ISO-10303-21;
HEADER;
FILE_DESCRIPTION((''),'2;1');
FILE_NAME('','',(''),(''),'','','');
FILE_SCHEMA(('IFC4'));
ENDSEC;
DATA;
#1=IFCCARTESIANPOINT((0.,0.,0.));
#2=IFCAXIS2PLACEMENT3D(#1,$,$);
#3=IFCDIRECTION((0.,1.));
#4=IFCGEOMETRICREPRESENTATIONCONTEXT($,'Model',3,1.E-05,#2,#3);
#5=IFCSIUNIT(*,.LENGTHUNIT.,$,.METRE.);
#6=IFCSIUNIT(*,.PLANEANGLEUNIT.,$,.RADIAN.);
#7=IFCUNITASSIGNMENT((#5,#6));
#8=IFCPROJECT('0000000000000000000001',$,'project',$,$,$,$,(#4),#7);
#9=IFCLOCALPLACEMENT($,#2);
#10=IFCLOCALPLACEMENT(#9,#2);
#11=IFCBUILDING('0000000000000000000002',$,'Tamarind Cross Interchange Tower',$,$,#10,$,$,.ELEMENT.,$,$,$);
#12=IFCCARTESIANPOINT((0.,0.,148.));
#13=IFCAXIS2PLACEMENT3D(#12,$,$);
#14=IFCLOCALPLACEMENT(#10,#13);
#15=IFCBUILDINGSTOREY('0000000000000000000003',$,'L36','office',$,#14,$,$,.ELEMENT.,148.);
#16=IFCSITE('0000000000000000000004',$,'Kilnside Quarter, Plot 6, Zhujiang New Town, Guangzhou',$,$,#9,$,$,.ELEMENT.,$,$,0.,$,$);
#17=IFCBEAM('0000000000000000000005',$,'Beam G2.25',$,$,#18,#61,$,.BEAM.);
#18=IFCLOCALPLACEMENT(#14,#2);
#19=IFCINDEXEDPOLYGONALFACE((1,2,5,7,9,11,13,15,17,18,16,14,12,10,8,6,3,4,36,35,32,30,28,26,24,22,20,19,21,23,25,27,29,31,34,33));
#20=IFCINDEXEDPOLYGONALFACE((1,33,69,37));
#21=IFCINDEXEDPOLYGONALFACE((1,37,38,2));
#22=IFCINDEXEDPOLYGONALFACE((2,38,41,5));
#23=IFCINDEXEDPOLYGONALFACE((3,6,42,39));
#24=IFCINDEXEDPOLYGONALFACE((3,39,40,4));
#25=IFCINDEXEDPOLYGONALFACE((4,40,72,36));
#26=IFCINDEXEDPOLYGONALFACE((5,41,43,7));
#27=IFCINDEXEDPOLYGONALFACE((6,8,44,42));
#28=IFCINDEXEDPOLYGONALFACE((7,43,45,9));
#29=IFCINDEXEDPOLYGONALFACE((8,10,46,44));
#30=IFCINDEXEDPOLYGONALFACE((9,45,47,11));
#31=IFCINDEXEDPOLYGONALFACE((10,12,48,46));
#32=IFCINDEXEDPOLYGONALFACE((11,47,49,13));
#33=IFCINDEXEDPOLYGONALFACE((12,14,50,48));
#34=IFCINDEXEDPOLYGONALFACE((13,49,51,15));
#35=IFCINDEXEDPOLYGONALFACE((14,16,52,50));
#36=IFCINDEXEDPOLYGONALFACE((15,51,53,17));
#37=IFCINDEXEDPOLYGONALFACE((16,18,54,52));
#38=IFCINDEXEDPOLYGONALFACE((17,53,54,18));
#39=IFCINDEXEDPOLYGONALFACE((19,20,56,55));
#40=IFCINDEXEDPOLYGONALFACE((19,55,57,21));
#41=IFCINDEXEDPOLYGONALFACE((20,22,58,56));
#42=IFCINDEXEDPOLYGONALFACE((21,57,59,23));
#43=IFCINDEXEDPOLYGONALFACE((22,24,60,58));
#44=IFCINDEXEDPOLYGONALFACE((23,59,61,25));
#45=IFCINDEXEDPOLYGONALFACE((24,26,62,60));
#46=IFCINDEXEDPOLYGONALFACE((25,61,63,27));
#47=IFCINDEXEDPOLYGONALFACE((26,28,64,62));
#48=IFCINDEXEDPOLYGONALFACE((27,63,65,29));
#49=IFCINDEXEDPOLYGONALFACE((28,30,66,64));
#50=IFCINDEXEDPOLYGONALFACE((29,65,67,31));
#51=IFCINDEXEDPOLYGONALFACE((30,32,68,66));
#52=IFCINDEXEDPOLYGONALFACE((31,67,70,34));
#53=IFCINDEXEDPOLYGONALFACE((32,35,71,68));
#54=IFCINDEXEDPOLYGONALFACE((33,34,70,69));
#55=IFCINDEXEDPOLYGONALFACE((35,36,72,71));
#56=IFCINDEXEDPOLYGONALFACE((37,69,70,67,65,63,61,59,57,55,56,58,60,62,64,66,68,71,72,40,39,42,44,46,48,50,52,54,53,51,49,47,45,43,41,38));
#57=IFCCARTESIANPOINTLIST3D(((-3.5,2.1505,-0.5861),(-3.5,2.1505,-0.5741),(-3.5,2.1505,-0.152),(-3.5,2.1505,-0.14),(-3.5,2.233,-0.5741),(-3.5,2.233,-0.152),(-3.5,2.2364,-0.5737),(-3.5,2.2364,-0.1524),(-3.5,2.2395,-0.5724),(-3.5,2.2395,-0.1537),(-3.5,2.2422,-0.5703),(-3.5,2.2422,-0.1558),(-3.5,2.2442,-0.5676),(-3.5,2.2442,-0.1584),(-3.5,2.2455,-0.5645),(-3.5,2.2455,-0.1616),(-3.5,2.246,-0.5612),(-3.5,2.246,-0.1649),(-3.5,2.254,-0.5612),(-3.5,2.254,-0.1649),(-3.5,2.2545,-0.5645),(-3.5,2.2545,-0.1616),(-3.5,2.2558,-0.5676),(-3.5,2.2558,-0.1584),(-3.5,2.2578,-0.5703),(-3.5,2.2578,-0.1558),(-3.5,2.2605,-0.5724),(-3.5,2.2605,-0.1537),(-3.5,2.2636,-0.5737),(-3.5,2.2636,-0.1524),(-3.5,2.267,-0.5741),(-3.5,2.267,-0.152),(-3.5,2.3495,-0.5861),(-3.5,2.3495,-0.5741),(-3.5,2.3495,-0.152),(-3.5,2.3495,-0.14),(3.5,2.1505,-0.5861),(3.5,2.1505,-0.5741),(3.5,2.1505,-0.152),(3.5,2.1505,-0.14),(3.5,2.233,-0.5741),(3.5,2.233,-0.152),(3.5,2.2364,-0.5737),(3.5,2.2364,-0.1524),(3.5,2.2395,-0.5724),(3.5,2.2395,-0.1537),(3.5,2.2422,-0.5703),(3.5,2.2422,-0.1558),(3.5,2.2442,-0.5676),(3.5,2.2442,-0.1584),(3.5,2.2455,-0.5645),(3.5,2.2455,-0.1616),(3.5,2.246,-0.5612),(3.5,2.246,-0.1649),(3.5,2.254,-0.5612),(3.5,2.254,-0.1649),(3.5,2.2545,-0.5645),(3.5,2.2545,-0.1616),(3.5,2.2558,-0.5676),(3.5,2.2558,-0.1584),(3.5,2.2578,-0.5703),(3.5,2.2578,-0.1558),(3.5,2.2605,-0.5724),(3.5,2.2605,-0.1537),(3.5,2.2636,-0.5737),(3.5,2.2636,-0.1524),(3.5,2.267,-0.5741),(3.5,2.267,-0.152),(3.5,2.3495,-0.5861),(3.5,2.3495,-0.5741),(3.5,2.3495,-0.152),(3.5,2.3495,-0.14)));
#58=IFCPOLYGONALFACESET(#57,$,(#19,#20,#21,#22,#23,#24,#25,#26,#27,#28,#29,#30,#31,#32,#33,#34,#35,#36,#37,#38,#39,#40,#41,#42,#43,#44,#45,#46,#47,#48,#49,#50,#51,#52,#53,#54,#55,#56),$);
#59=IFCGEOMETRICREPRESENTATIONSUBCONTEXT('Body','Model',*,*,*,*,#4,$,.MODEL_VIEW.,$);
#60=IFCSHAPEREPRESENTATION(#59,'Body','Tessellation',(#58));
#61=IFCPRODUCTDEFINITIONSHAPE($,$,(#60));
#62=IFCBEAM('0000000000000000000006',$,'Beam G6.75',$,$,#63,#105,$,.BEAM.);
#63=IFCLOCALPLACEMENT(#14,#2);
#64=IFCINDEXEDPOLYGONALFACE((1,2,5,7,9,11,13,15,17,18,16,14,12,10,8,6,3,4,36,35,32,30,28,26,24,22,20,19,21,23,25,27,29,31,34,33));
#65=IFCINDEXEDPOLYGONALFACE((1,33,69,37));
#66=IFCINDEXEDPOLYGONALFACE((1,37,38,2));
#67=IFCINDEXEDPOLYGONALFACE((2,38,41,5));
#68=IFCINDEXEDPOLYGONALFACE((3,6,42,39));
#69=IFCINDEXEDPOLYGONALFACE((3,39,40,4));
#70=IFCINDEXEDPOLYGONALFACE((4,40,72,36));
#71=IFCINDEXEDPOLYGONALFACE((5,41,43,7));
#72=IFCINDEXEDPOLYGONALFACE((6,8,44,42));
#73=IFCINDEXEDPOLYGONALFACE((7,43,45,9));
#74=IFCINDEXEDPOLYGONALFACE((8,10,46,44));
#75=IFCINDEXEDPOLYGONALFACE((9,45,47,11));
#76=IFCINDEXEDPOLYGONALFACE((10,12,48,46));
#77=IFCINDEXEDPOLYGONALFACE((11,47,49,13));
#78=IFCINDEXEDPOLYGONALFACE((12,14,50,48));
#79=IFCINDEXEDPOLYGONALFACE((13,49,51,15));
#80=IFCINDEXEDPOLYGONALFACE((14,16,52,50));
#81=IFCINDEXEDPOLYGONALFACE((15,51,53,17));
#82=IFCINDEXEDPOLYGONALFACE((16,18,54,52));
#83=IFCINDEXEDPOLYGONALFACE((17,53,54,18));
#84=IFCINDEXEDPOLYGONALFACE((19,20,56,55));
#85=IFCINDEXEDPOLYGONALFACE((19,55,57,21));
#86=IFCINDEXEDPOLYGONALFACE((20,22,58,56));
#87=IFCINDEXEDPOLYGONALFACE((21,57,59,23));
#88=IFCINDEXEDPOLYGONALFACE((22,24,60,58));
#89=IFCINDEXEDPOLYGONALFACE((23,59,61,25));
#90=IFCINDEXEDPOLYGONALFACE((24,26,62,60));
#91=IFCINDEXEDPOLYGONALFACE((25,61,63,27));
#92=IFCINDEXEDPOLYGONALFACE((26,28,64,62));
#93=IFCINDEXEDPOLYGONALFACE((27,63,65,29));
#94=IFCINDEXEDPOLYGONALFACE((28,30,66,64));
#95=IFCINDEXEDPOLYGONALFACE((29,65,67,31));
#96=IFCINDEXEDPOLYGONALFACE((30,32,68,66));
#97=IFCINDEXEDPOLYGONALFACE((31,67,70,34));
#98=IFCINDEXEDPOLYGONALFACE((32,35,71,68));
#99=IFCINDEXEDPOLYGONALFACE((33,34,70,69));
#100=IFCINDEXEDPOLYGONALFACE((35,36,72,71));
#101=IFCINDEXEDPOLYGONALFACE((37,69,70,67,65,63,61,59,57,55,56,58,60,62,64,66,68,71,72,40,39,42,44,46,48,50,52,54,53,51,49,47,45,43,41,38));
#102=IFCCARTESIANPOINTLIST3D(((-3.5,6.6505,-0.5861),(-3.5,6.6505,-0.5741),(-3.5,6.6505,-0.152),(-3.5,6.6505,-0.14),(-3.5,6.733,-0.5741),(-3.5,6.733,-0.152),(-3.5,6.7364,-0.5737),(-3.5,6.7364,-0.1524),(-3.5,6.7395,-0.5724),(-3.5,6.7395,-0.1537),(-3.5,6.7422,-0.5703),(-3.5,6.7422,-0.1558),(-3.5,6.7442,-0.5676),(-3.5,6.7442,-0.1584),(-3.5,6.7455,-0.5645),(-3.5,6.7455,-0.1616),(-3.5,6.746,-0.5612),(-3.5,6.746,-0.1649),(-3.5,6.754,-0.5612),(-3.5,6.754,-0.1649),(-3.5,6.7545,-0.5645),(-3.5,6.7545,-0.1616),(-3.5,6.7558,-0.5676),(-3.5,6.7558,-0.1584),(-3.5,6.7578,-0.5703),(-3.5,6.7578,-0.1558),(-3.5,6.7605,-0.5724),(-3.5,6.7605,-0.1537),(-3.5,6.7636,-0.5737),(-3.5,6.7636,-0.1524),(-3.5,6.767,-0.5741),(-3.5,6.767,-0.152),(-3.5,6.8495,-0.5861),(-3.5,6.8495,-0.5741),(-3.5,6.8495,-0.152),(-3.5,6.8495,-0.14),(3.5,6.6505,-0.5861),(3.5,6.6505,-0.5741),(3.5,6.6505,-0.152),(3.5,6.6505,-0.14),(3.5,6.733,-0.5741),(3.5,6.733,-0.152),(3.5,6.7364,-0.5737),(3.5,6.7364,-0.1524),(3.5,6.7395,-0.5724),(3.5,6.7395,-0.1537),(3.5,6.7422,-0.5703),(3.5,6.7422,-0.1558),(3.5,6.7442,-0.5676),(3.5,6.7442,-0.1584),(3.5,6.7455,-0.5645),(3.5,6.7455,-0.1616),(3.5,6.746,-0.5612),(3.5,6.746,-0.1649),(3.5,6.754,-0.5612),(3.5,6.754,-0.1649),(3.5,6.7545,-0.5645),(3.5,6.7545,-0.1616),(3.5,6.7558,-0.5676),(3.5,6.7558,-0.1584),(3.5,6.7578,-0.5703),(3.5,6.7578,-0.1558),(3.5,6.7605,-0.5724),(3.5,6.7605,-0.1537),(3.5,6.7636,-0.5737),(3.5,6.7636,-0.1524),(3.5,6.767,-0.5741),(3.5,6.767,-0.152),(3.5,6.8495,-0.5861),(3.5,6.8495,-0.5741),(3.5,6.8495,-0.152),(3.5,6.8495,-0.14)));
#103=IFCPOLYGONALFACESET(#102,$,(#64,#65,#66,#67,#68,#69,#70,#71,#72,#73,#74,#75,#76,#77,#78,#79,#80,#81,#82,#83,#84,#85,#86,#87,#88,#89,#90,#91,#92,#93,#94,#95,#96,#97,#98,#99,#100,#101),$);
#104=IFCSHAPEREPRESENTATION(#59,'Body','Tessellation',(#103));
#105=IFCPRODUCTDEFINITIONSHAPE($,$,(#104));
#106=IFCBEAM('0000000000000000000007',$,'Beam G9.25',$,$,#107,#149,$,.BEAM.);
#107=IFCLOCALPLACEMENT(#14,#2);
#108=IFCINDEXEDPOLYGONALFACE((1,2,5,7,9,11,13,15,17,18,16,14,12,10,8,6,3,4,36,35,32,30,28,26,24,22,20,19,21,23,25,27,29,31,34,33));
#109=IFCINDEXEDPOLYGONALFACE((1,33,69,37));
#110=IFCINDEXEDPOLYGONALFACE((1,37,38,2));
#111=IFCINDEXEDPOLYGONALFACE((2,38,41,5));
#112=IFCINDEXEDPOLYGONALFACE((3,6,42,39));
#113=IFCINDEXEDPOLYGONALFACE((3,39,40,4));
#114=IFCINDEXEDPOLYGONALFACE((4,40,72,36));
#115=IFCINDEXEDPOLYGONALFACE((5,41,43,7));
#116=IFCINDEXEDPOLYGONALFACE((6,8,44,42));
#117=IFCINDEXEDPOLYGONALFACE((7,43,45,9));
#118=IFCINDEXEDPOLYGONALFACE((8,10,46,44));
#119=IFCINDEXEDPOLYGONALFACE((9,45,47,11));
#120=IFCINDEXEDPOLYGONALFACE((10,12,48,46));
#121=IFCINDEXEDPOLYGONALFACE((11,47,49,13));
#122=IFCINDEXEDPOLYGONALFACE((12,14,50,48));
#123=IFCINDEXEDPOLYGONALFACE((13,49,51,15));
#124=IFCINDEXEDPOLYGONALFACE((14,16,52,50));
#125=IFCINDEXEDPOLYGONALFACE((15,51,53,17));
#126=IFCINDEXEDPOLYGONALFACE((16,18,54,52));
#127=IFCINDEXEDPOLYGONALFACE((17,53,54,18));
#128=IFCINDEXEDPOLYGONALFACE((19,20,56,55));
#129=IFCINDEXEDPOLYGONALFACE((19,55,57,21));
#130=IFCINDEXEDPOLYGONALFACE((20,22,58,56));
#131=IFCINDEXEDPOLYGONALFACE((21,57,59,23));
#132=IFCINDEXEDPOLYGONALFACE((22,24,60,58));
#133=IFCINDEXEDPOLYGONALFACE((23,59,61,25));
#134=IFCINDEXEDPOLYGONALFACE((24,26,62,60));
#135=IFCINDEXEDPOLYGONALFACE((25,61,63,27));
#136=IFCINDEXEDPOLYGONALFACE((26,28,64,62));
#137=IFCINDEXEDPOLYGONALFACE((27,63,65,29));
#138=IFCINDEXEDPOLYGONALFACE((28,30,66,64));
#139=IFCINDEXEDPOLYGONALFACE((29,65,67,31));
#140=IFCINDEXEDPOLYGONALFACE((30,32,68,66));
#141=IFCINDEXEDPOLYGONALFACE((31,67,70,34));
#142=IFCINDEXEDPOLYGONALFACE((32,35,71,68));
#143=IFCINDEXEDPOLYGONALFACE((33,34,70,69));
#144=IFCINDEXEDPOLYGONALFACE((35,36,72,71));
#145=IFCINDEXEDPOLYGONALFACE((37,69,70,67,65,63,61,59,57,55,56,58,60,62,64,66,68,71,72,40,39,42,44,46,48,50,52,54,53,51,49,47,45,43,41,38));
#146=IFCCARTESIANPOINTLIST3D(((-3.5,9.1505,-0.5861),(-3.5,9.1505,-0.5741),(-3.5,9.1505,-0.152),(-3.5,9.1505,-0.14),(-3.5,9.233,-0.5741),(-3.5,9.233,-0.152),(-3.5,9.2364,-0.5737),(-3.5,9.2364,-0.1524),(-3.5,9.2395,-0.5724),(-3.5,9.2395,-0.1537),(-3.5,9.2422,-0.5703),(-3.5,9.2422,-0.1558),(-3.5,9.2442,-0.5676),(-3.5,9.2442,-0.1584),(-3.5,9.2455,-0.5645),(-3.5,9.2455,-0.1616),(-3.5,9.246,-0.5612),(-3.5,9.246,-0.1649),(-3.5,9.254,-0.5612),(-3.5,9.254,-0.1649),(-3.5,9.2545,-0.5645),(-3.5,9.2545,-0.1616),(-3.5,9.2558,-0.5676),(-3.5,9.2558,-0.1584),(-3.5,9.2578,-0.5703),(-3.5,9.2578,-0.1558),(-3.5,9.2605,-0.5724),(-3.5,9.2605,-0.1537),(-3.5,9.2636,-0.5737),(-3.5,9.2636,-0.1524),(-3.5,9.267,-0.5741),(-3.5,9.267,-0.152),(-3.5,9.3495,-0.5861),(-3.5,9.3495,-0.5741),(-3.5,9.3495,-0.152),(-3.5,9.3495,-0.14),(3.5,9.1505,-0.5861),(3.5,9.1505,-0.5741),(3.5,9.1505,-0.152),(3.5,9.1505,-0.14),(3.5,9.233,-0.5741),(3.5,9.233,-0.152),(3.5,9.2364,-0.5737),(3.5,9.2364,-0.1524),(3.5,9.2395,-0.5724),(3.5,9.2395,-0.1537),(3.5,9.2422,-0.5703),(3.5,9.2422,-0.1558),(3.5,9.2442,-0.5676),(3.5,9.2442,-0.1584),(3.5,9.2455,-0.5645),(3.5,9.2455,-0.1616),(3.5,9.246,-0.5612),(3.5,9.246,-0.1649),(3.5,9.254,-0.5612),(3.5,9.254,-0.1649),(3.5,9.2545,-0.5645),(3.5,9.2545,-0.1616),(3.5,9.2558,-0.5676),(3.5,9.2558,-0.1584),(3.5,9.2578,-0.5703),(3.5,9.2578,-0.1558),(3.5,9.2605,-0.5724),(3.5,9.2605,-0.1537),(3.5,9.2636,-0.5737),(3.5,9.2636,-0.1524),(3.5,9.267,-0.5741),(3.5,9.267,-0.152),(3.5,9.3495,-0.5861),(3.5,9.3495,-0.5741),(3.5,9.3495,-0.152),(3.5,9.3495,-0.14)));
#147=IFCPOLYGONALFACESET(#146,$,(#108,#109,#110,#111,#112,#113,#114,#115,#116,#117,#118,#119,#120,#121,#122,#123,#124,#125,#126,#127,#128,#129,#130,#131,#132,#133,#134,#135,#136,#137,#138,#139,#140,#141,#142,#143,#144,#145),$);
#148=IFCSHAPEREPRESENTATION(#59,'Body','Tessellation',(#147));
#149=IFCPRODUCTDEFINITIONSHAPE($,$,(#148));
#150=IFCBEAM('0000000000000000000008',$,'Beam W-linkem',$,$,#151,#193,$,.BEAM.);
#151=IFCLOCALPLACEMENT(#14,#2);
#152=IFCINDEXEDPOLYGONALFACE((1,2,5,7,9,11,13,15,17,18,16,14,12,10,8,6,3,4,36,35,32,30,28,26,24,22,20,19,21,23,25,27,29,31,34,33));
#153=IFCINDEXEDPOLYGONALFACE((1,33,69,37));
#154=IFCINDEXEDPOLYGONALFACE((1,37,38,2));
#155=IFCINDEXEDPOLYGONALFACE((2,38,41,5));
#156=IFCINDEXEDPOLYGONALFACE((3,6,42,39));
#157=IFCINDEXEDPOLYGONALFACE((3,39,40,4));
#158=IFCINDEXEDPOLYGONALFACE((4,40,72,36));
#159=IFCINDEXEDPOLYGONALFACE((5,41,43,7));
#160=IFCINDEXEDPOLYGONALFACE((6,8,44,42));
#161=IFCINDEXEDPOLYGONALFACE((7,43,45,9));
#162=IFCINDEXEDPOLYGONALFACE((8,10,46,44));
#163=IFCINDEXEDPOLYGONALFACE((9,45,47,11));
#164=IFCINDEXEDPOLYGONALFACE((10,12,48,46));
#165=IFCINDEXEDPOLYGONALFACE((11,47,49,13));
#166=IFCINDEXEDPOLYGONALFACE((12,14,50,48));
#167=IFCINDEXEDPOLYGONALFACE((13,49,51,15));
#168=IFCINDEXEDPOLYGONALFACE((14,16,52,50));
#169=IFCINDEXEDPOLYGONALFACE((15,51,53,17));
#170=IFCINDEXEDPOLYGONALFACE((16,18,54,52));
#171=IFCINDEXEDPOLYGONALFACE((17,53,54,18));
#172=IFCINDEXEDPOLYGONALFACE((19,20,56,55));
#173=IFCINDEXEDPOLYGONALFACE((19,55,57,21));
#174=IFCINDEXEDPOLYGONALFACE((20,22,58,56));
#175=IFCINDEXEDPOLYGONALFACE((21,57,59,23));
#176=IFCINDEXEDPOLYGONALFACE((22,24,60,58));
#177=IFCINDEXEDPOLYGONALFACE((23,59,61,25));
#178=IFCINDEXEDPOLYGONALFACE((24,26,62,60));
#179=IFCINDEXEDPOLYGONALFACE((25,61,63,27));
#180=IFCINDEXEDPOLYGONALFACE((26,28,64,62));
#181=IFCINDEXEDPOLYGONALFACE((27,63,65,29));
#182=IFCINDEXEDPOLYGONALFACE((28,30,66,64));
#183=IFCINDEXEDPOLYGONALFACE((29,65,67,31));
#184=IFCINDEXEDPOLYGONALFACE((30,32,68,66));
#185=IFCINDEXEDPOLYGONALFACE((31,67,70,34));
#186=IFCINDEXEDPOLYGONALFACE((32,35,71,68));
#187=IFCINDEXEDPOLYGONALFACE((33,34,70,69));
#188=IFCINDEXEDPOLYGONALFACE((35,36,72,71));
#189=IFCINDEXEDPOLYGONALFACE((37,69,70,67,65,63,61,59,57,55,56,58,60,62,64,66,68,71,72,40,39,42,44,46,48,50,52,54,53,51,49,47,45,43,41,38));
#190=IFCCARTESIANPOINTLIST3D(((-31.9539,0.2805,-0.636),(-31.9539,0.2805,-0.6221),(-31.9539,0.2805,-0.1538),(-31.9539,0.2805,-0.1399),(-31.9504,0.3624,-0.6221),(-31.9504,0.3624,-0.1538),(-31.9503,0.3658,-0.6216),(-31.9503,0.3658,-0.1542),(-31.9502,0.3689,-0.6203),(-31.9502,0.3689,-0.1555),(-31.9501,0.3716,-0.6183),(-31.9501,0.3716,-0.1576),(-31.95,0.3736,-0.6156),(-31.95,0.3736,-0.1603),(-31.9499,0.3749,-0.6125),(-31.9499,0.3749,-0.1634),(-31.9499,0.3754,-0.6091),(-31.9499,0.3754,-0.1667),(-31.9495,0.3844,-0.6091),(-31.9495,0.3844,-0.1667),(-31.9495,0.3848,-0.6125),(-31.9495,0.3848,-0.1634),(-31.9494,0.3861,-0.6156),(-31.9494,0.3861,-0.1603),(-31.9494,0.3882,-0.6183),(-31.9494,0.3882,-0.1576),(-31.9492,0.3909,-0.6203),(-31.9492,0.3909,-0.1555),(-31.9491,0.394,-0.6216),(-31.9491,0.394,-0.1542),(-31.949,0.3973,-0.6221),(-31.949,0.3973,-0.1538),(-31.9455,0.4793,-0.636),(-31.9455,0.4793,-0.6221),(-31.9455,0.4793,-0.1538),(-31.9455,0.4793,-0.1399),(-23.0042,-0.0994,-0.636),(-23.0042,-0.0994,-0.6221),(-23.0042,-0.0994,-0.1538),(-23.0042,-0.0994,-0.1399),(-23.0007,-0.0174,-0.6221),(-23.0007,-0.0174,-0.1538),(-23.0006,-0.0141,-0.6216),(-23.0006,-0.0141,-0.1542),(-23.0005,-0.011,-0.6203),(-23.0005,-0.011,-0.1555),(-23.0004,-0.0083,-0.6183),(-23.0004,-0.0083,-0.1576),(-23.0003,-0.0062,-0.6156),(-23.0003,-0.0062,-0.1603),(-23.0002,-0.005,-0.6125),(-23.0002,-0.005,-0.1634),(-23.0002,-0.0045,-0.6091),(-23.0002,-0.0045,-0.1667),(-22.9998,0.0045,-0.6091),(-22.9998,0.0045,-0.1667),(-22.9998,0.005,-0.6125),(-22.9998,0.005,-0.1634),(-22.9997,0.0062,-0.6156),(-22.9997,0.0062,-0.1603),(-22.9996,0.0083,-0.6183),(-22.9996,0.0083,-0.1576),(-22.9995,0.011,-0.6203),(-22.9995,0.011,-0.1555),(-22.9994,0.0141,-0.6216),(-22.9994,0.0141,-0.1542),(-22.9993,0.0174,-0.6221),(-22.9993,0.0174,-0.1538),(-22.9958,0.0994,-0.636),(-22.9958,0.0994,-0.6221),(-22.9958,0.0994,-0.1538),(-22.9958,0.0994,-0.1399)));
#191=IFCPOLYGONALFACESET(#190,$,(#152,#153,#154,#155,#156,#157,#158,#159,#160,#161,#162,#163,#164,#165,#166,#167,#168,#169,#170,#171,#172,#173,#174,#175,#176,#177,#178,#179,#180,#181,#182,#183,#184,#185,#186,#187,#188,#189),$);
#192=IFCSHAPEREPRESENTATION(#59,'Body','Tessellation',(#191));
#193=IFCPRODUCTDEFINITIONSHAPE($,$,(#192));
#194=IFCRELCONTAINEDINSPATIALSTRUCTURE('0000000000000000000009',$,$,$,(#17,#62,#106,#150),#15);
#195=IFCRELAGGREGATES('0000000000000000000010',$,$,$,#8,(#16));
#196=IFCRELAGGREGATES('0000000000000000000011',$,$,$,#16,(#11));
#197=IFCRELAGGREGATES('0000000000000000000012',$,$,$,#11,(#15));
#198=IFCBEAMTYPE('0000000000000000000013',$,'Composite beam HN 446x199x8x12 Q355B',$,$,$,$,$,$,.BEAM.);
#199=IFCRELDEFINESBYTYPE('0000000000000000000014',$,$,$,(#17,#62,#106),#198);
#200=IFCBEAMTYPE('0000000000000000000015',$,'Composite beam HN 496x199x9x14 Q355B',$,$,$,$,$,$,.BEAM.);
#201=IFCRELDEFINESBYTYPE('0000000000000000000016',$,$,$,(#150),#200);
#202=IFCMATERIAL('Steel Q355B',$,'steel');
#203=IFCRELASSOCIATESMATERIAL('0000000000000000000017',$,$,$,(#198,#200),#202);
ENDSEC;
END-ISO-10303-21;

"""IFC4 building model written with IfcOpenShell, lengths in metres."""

from ifc_helpers import new_model, si_unit, direction, frame, origin, origin_2d, place, context, subcontext, project, spatial, i_section, extrude, material, material_profile, profile_set, type_object, element, save


model = new_model("IFC4")

# Units and contexts
model_context = context("Model", 3, precision=1e-05, world=origin(), true_north=direction((0.0, 1.0)))
body_context = subcontext(model_context, "Body", "Model", "MODEL_VIEW")
ifc_project = project(units=[si_unit("LENGTHUNIT", "METRE"), si_unit("PLANEANGLEUNIT", "RADIAN")], contexts=[model_context])

# Site, building, storey
site_placement = place(None, origin())
site = spatial("IfcSite", under=ifc_project, at=site_placement, Name="Kilnside Quarter, Plot 6, Zhujiang New Town, Guangzhou", CompositionType="ELEMENT", RefElevation=0.0)
building_placement = place(site_placement, origin())
building = spatial("IfcBuilding", under=site, at=building_placement, Name="Tamarind Cross Interchange Tower", CompositionType="ELEMENT")
storey_placement = place(building_placement, frame((0.0, 0.0, 148.0)))
storey = spatial("IfcBuildingStorey", under=building, at=storey_placement, Name="L36", Description="office", CompositionType="ELEMENT", Elevation=148.0)

# Beams
ifc_material_1 = material(Name="Steel Q355B", Category="steel")
ifc_material_profile_1 = material_profile(ifc_material_1, i_section(OverallWidth=0.199, OverallDepth=0.446, WebThickness=0.0081, FlangeThickness=0.012, FilletRadius=0.0129, at=origin_2d()), Name="HN 446x199x8x12")
ifc_profile_set_1 = profile_set([ifc_material_profile_1], Name="Steel Q355B")
beam_type_1 = type_object("IfcBeamType", Name="Composite beam HN 446x199x8x12 Q355B", PredefinedType="BEAM", material=ifc_profile_set_1)
for number, where, z_axis, x_axis, name in (
    (1, (-3.5, 2.25, -0.363), (1.0, 0.0, 0.0), (0.0, 1.0, 0.0), "Beam G2.25"),
    (2, (-3.5, 6.75, -0.363), (1.0, 0.0, 0.0), (0.0, 1.0, 0.0), "Beam G6.75"),
    (3, (-3.5, 9.25, -0.363), (1.0, 0.0, 0.0), (0.0, 1.0, 0.0), "Beam G9.25"),
):
    element("IfcBeam", number, at=place(storey_placement, frame(where, z_axis=z_axis, x_axis=x_axis)), inside=storey, type_object=beam_type_1, Name=name, PredefinedType="BEAM", context=body_context, shape_type="SweptSolid", body=[
        extrude(i_section(OverallWidth=0.199, OverallDepth=0.446, WebThickness=0.0081, FlangeThickness=0.012, FilletRadius=0.0129, at=origin_2d()), origin(), (0.0, 0.0, 1.0), 7.0),
    ])
ifc_material_profile_2 = material_profile(ifc_material_1, i_section(OverallWidth=0.199, OverallDepth=0.4961, WebThickness=0.009, FlangeThickness=0.0139, FilletRadius=0.0129, at=origin_2d()), Name="HN 496x199x9x14")
ifc_profile_set_2 = profile_set([ifc_material_profile_2], Name="Steel Q355B")
beam_type_2 = type_object("IfcBeamType", Name="Composite beam HN 496x199x9x14 Q355B", PredefinedType="BEAM", material=ifc_profile_set_2)
beam_1_placement = place(storey_placement, frame((-31.9497, 0.3799, -0.3879), z_axis=(0.9991, -0.042408, 0.0), x_axis=(0.042408, 0.9991, 0.0)))
element("IfcBeam", 4, at=beam_1_placement, inside=storey, type_object=beam_type_2, Name="Beam W-linkem", PredefinedType="BEAM", context=body_context, shape_type="SweptSolid", body=[
    extrude(i_section(OverallWidth=0.199, OverallDepth=0.4961, WebThickness=0.009, FlangeThickness=0.0139, FilletRadius=0.0129, at=origin_2d()), origin(), (0.0, 0.0, 1.0), 8.9578),
])

save(model, "model.ifc")
